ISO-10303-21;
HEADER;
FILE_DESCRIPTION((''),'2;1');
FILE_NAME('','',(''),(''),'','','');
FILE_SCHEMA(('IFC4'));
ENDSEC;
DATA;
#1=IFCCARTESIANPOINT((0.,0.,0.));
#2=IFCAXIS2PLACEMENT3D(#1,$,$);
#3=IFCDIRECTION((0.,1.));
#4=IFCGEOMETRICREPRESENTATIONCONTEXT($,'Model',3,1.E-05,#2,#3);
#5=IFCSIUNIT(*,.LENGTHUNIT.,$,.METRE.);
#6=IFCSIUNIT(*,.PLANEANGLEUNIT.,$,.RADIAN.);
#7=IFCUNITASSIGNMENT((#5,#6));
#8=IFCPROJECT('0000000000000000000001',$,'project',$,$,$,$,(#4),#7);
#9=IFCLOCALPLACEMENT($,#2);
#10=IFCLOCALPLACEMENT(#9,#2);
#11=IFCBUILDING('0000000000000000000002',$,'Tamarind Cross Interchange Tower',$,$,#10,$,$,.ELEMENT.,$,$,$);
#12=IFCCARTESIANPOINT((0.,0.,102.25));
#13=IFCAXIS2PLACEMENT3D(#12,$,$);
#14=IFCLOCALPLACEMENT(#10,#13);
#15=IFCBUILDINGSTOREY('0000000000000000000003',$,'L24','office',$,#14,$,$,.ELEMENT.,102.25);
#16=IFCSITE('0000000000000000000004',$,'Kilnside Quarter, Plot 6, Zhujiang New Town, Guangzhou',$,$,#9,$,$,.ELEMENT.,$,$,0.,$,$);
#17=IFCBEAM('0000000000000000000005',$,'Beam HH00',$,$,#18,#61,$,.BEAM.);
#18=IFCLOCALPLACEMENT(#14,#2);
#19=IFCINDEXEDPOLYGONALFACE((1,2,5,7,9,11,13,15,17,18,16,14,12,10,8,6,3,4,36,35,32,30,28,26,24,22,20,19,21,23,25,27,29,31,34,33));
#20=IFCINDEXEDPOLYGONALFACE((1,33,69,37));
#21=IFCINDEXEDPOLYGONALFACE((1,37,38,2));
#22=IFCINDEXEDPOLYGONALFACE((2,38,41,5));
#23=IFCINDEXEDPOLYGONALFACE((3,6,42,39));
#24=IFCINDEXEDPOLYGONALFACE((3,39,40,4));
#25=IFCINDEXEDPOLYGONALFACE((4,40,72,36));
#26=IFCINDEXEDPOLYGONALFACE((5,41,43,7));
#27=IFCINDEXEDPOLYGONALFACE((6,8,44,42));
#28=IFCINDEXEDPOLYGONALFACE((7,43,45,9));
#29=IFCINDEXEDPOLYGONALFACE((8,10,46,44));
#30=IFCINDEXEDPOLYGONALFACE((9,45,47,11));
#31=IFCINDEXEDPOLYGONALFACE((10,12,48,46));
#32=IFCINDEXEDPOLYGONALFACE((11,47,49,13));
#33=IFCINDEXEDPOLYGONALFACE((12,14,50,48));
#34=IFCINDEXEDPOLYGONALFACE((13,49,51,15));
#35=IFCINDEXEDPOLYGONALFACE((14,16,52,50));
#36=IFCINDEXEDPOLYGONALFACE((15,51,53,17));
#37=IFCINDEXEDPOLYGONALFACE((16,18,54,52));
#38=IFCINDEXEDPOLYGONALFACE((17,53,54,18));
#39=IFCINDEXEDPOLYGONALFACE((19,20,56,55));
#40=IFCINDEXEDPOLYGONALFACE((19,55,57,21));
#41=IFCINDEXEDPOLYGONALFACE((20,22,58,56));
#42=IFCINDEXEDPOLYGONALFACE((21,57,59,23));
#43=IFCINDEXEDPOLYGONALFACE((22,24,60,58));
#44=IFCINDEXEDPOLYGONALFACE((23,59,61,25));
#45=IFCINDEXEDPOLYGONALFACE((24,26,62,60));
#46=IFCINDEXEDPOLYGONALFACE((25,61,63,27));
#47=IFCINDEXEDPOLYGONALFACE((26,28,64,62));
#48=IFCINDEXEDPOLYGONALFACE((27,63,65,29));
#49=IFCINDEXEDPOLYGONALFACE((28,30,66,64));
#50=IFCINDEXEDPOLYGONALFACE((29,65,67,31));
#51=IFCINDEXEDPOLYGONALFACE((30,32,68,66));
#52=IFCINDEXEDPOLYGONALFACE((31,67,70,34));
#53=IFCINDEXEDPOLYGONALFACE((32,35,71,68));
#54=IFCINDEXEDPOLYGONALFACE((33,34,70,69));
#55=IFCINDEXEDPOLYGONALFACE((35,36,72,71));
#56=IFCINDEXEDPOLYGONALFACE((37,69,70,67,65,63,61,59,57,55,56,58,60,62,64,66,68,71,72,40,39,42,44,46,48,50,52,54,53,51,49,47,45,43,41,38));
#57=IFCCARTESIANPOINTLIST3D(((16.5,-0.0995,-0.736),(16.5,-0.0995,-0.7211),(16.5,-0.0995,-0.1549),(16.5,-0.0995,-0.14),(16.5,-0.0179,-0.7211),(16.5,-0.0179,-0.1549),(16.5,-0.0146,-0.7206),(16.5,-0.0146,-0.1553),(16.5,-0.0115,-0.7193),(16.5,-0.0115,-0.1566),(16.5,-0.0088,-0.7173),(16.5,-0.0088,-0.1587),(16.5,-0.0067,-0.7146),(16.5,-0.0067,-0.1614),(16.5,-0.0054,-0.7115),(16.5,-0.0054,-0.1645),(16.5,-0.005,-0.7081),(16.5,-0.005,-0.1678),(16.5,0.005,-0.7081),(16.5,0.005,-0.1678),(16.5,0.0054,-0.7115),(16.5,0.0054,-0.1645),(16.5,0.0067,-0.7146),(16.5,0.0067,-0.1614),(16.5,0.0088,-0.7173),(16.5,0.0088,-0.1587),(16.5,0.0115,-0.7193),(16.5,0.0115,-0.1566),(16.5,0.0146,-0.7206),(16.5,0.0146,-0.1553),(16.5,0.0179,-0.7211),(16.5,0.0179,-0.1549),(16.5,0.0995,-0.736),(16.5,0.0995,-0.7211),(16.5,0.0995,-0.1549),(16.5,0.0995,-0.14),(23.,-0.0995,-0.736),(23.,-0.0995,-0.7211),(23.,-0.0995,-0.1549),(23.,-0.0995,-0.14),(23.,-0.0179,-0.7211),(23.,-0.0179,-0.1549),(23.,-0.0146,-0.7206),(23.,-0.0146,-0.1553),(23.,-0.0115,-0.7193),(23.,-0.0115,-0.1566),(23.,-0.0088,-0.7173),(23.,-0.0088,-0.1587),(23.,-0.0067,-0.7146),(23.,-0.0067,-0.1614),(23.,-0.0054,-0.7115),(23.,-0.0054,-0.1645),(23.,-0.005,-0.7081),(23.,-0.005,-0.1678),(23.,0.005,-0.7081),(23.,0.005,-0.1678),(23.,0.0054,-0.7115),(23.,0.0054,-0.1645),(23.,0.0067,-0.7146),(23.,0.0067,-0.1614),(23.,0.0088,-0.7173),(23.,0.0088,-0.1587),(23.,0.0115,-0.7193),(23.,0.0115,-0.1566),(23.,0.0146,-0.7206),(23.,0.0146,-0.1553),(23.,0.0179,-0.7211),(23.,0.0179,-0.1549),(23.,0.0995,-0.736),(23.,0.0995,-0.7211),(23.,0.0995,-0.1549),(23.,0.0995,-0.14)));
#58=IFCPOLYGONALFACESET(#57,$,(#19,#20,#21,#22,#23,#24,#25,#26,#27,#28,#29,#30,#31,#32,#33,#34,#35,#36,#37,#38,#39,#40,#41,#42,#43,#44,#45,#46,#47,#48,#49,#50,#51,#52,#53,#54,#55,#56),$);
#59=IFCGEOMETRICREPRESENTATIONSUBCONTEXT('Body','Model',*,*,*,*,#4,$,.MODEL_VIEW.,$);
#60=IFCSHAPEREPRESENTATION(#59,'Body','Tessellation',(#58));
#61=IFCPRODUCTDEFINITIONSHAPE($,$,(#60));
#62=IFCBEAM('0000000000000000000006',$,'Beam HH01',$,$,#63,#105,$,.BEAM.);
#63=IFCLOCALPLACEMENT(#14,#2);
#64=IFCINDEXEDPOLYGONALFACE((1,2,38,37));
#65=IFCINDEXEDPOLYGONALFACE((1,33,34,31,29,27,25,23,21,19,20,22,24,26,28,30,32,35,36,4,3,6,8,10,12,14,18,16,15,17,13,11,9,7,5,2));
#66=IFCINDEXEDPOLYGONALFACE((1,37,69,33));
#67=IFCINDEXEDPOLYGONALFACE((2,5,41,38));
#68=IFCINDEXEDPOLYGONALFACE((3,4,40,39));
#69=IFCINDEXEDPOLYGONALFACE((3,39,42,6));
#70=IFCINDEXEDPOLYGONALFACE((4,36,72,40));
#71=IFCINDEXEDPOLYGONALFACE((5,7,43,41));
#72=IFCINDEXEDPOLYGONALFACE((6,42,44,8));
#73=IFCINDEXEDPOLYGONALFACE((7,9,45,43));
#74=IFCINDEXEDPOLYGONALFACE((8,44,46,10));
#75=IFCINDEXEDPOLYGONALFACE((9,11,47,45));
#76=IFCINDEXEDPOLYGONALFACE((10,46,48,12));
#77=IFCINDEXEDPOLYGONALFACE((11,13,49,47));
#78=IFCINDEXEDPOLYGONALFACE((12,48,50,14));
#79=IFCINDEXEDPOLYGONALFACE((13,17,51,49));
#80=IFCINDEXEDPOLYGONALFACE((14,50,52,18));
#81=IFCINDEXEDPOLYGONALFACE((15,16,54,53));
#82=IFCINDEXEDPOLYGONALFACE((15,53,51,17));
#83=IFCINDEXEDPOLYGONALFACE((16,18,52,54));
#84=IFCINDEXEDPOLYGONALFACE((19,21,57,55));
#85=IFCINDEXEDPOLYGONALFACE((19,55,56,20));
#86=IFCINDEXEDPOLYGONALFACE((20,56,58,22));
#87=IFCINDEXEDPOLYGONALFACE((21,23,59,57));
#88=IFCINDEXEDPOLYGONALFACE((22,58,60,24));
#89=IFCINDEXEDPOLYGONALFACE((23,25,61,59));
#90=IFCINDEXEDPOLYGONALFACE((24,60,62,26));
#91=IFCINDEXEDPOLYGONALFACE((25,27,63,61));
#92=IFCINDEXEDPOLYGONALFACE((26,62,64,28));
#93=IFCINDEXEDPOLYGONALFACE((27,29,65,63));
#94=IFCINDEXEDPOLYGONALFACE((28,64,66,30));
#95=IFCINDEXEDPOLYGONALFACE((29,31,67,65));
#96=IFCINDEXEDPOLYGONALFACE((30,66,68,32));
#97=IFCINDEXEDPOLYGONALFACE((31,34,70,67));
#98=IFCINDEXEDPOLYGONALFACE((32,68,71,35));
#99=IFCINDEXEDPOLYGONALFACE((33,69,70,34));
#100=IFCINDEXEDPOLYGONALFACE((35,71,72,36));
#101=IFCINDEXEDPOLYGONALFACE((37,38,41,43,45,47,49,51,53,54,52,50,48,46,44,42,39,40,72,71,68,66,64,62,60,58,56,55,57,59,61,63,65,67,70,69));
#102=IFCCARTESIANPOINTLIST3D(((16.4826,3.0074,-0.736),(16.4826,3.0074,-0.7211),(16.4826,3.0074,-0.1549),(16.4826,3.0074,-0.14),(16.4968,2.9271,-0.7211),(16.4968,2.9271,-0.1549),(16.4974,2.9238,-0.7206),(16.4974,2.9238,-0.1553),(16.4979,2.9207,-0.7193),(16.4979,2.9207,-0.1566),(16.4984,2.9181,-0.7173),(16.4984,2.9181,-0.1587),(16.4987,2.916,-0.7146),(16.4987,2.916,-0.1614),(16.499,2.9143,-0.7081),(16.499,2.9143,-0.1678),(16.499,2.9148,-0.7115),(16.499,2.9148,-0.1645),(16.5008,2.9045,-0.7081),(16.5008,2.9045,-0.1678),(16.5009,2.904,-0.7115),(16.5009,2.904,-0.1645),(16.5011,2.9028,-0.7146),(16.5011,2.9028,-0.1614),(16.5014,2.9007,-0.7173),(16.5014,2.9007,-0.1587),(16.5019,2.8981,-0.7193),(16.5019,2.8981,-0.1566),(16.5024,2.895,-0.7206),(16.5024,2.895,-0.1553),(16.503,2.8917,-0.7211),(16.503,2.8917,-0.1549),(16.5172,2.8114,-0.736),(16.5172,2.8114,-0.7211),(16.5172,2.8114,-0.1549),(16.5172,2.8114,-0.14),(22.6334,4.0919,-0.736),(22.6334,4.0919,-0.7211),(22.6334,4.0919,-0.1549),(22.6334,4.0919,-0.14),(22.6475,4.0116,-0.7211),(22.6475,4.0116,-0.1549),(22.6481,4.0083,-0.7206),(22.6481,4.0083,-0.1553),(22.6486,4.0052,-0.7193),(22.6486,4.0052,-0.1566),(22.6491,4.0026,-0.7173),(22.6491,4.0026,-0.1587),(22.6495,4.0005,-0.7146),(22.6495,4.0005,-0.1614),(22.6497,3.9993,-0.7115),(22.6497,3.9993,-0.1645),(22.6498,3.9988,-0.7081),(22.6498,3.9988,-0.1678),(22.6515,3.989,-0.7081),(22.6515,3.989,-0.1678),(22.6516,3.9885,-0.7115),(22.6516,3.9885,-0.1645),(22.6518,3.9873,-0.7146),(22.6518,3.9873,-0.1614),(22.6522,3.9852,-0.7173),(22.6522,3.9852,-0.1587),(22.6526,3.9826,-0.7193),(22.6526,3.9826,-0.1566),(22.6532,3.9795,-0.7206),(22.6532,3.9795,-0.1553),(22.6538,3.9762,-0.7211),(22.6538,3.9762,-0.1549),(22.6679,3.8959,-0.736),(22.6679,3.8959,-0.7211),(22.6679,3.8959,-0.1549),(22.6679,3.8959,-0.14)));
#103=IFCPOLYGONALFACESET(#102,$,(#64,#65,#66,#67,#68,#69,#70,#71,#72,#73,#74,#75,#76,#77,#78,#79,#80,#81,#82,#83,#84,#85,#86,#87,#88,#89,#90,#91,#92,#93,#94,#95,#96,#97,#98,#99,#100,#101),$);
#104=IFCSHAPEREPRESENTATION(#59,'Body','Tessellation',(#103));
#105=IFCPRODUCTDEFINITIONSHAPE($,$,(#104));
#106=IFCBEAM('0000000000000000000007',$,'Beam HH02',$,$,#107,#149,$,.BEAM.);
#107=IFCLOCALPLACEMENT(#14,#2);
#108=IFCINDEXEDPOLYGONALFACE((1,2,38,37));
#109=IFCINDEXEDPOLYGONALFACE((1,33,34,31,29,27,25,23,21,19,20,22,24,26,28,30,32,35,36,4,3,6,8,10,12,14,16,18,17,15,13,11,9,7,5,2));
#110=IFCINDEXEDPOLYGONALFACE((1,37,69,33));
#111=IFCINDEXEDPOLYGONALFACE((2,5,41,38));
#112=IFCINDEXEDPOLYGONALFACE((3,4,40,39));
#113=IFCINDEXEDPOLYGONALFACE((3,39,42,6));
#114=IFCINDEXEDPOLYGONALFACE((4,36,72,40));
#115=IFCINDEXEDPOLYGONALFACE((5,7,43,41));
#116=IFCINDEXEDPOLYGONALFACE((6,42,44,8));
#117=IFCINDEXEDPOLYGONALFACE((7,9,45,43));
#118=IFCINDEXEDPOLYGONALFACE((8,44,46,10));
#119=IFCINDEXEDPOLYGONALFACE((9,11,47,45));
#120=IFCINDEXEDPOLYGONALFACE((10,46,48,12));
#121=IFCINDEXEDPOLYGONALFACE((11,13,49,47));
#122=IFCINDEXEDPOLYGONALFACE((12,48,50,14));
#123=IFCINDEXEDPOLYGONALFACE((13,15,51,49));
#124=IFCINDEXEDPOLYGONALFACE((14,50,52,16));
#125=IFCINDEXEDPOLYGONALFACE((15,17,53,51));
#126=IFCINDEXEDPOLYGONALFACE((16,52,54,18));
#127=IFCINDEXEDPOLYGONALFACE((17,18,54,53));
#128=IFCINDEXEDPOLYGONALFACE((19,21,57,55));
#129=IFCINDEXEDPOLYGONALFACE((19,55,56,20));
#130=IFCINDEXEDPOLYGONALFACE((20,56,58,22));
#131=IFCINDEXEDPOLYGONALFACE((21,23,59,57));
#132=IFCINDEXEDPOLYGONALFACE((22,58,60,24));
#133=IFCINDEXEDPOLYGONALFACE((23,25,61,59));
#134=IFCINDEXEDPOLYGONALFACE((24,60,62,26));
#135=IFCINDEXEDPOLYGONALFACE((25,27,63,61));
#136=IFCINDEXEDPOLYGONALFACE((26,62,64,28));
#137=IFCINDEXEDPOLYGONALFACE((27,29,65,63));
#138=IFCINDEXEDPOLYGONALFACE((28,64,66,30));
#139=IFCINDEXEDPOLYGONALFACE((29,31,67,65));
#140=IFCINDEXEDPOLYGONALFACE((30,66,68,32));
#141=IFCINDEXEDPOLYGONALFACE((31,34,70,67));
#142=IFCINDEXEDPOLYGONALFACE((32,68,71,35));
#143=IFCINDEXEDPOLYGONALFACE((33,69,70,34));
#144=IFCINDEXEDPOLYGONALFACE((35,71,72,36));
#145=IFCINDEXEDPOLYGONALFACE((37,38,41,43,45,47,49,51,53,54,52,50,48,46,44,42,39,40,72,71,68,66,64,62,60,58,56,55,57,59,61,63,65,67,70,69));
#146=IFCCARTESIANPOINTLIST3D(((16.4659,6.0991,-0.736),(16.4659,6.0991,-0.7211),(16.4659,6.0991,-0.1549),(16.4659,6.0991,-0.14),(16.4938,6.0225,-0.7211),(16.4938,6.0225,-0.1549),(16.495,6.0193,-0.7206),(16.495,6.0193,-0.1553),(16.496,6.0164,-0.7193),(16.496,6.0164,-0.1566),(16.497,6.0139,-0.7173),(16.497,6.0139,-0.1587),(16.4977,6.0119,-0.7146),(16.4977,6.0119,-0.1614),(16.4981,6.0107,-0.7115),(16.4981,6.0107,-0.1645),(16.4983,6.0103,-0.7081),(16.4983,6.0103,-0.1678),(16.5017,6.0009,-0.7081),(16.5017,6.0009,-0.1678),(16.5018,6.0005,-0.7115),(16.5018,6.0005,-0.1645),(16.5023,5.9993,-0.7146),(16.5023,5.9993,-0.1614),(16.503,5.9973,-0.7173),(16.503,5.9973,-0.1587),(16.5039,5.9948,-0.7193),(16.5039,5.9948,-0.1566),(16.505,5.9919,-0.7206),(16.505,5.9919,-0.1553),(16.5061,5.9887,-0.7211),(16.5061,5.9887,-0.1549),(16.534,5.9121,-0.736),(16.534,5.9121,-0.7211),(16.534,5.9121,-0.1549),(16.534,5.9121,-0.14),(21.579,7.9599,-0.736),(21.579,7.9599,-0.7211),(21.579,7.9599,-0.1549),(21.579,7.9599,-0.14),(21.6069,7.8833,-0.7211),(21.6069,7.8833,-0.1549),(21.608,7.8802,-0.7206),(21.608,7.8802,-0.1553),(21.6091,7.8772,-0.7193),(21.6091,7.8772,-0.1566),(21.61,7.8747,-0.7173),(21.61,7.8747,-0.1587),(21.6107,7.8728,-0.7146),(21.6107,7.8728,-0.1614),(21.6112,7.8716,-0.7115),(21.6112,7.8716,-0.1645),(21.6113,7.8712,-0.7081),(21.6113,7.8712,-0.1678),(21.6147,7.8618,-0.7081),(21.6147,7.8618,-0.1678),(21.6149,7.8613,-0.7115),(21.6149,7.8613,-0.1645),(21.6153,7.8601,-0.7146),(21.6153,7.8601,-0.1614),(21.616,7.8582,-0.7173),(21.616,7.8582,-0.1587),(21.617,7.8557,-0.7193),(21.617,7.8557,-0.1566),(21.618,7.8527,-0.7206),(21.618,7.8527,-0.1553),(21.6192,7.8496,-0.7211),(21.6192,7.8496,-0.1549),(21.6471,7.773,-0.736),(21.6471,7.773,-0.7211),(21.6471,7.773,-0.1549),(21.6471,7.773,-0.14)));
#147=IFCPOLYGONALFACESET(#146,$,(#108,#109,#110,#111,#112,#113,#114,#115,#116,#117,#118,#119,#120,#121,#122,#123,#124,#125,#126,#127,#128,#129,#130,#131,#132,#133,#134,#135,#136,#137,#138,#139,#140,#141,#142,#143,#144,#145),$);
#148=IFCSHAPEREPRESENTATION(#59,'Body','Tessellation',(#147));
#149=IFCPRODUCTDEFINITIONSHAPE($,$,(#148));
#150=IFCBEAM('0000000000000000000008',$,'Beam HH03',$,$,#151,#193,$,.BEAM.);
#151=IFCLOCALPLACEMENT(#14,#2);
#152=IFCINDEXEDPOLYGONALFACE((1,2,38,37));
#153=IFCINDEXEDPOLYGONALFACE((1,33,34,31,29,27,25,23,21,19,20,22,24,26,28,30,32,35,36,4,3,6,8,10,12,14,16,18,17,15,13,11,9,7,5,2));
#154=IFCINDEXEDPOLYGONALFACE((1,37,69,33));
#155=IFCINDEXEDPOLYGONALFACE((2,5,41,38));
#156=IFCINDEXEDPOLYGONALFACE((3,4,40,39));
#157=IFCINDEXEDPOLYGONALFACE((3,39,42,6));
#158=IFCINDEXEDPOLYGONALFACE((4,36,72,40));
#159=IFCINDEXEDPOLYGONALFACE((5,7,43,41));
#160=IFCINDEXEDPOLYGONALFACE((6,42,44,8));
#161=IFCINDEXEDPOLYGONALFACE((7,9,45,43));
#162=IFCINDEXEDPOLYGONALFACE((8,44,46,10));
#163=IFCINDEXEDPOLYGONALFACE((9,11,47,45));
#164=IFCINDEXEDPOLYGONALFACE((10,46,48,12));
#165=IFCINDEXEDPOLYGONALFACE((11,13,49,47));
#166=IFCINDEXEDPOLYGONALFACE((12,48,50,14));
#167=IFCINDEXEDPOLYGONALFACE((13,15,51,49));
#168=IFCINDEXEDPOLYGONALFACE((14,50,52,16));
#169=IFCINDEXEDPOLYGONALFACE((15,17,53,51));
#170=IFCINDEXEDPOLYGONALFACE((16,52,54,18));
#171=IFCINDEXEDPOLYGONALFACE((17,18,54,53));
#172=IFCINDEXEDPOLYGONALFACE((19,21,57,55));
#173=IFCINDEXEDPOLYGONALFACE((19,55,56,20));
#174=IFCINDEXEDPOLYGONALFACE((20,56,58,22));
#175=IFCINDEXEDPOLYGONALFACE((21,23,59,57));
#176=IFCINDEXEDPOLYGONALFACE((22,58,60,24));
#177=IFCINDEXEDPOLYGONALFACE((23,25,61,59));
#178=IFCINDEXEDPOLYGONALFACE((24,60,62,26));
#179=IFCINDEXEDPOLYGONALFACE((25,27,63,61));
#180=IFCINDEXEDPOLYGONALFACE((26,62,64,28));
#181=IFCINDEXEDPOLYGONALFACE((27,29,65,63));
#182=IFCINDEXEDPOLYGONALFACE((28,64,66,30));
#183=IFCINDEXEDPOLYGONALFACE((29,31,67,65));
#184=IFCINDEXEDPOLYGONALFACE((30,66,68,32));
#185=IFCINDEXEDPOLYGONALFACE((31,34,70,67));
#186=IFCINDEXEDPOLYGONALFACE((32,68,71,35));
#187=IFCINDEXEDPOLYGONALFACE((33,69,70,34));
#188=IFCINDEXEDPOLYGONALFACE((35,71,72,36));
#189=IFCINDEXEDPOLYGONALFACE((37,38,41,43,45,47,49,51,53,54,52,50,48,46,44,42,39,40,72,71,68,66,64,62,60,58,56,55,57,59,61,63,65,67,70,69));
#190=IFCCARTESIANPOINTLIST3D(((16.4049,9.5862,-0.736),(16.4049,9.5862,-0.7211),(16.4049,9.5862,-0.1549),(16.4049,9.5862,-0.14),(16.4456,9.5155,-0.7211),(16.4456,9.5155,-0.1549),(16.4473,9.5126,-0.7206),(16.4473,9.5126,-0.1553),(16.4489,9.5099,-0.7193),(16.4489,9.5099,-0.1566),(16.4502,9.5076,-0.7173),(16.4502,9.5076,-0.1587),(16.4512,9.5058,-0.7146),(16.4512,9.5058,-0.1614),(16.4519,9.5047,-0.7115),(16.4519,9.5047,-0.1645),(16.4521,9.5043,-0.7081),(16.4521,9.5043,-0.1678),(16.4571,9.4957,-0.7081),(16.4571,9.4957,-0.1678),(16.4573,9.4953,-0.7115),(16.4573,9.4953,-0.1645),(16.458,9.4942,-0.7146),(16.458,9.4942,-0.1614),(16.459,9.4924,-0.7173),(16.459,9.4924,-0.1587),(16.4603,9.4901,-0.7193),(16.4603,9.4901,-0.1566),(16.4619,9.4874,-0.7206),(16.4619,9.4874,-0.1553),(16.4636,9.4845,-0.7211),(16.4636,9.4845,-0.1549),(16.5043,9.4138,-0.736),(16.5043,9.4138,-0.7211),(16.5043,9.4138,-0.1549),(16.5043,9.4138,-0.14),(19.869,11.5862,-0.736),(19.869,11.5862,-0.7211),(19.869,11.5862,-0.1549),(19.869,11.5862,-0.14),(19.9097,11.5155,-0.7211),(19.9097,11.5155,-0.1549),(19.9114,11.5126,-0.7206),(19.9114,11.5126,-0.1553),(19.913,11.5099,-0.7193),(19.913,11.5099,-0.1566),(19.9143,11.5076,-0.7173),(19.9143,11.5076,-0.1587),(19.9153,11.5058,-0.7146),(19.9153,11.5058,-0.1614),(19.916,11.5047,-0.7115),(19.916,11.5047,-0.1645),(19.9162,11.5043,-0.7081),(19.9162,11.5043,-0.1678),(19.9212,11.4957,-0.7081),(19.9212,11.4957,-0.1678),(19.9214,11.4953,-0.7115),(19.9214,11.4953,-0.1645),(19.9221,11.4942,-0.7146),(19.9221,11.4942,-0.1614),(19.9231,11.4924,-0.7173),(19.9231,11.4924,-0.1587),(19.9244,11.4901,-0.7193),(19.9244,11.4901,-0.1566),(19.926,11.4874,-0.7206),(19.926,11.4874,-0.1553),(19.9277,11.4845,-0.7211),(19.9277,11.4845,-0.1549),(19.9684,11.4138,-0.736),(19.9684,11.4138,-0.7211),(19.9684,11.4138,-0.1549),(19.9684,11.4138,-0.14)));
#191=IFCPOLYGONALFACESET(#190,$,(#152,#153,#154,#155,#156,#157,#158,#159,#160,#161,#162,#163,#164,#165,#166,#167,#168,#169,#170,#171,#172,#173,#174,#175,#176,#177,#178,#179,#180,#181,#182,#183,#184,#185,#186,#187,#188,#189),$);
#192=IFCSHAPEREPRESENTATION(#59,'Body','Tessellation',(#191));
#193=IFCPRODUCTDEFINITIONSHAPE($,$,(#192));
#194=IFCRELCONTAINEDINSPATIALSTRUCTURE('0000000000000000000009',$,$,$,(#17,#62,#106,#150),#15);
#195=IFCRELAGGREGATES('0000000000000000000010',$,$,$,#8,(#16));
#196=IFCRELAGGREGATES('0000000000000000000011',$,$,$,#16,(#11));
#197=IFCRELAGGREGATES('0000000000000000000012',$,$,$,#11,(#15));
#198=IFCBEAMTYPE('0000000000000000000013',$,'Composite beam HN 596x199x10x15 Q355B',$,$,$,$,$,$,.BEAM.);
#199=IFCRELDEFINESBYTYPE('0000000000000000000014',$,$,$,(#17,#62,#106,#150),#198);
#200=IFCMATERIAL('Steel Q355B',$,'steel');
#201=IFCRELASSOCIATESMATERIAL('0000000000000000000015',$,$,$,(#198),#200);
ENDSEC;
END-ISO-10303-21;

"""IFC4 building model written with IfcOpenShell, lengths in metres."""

from ifc_helpers import new_model, si_unit, direction, frame, origin, origin_2d, place, context, subcontext, project, spatial, i_section, extrude, material, material_profile, profile_set, type_object, element, save


model = new_model("IFC4")

# Units and contexts
model_context = context("Model", 3, precision=1e-05, world=origin(), true_north=direction((0.0, 1.0)))
body_context = subcontext(model_context, "Body", "Model", "MODEL_VIEW")
ifc_project = project(units=[si_unit("LENGTHUNIT", "METRE"), si_unit("PLANEANGLEUNIT", "RADIAN")], contexts=[model_context])

# Site, building, storey
site_placement = place(None, origin())
site = spatial("IfcSite", under=ifc_project, at=site_placement, Name="Kilnside Quarter, Plot 6, Zhujiang New Town, Guangzhou", CompositionType="ELEMENT", RefElevation=0.0)
building_placement = place(site_placement, origin())
building = spatial("IfcBuilding", under=site, at=building_placement, Name="Tamarind Cross Interchange Tower", CompositionType="ELEMENT")
storey_placement = place(building_placement, frame((0.0, 0.0, 102.25)))
storey = spatial("IfcBuildingStorey", under=building, at=storey_placement, Name="L24", Description="office", CompositionType="ELEMENT", Elevation=102.25)

# Beams
ifc_material_1 = material(Name="Steel Q355B", Category="steel")
ifc_material_profile_1 = material_profile(ifc_material_1, i_section(OverallWidth=0.199, OverallDepth=0.5959, WebThickness=0.01, FlangeThickness=0.0149, FilletRadius=0.0129, at=origin_2d()), Name="HN 596x199x10x15")
ifc_profile_set_1 = profile_set([ifc_material_profile_1], Name="Steel Q355B")
beam_type = type_object("IfcBeamType", Name="Composite beam HN 596x199x10x15 Q355B", PredefinedType="BEAM", material=ifc_profile_set_1)
beam_1_placement = place(storey_placement, frame((23.0, 0.0, -0.438), z_axis=(-1.0, 0.0, 0.0), x_axis=(0.0, -1.0, 0.0)))
element("IfcBeam", 1, at=beam_1_placement, inside=storey, type_object=beam_type, Name="Beam HH00", PredefinedType="BEAM", context=body_context, shape_type="SweptSolid", body=[
    extrude(i_section(OverallWidth=0.199, OverallDepth=0.5959, WebThickness=0.01, FlangeThickness=0.0149, FilletRadius=0.0129, at=origin_2d()), origin(), (0.0, 0.0, 1.0), 6.5),
])
beam_2_placement = place(storey_placement, frame((22.6506, 3.9939, -0.438), z_axis=(-0.984809, -0.17364, 0.0), x_axis=(0.17364, -0.984809, 0.0)))
element("IfcBeam", 2, at=beam_2_placement, inside=storey, type_object=beam_type, Name="Beam HH01", PredefinedType="BEAM", context=body_context, shape_type="SweptSolid", body=[
    extrude(i_section(OverallWidth=0.199, OverallDepth=0.5959, WebThickness=0.01, FlangeThickness=0.0149, FilletRadius=0.0129, at=origin_2d()), origin(), (0.0, 0.0, 1.0), 6.2456),
])
beam_3_placement = place(storey_placement, frame((21.613, 7.8665, -0.438), z_axis=(-0.939702, -0.341995, 0.0), x_axis=(0.341995, -0.939702, 0.0)))
element("IfcBeam", 3, at=beam_3_placement, inside=storey, type_object=beam_type, Name="Beam HH02", PredefinedType="BEAM", context=body_context, shape_type="SweptSolid", body=[
    extrude(i_section(OverallWidth=0.199, OverallDepth=0.5959, WebThickness=0.01, FlangeThickness=0.0149, FilletRadius=0.0129, at=origin_2d()), origin(), (0.0, 0.0, 1.0), 5.4412),
])
beam_4_placement = place(storey_placement, frame((19.9187, 11.5, -0.438), z_axis=(-0.866026, -0.499999, 0.0), x_axis=(0.499999, -0.866026, 0.0)))
element("IfcBeam", 4, at=beam_4_placement, inside=storey, type_object=beam_type, Name="Beam HH03", PredefinedType="BEAM", context=body_context, shape_type="SweptSolid", body=[
    extrude(i_section(OverallWidth=0.199, OverallDepth=0.5959, WebThickness=0.01, FlangeThickness=0.0149, FilletRadius=0.0129, at=origin_2d()), origin(), (0.0, 0.0, 1.0), 4.0),
])

save(model, "model.ifc")
